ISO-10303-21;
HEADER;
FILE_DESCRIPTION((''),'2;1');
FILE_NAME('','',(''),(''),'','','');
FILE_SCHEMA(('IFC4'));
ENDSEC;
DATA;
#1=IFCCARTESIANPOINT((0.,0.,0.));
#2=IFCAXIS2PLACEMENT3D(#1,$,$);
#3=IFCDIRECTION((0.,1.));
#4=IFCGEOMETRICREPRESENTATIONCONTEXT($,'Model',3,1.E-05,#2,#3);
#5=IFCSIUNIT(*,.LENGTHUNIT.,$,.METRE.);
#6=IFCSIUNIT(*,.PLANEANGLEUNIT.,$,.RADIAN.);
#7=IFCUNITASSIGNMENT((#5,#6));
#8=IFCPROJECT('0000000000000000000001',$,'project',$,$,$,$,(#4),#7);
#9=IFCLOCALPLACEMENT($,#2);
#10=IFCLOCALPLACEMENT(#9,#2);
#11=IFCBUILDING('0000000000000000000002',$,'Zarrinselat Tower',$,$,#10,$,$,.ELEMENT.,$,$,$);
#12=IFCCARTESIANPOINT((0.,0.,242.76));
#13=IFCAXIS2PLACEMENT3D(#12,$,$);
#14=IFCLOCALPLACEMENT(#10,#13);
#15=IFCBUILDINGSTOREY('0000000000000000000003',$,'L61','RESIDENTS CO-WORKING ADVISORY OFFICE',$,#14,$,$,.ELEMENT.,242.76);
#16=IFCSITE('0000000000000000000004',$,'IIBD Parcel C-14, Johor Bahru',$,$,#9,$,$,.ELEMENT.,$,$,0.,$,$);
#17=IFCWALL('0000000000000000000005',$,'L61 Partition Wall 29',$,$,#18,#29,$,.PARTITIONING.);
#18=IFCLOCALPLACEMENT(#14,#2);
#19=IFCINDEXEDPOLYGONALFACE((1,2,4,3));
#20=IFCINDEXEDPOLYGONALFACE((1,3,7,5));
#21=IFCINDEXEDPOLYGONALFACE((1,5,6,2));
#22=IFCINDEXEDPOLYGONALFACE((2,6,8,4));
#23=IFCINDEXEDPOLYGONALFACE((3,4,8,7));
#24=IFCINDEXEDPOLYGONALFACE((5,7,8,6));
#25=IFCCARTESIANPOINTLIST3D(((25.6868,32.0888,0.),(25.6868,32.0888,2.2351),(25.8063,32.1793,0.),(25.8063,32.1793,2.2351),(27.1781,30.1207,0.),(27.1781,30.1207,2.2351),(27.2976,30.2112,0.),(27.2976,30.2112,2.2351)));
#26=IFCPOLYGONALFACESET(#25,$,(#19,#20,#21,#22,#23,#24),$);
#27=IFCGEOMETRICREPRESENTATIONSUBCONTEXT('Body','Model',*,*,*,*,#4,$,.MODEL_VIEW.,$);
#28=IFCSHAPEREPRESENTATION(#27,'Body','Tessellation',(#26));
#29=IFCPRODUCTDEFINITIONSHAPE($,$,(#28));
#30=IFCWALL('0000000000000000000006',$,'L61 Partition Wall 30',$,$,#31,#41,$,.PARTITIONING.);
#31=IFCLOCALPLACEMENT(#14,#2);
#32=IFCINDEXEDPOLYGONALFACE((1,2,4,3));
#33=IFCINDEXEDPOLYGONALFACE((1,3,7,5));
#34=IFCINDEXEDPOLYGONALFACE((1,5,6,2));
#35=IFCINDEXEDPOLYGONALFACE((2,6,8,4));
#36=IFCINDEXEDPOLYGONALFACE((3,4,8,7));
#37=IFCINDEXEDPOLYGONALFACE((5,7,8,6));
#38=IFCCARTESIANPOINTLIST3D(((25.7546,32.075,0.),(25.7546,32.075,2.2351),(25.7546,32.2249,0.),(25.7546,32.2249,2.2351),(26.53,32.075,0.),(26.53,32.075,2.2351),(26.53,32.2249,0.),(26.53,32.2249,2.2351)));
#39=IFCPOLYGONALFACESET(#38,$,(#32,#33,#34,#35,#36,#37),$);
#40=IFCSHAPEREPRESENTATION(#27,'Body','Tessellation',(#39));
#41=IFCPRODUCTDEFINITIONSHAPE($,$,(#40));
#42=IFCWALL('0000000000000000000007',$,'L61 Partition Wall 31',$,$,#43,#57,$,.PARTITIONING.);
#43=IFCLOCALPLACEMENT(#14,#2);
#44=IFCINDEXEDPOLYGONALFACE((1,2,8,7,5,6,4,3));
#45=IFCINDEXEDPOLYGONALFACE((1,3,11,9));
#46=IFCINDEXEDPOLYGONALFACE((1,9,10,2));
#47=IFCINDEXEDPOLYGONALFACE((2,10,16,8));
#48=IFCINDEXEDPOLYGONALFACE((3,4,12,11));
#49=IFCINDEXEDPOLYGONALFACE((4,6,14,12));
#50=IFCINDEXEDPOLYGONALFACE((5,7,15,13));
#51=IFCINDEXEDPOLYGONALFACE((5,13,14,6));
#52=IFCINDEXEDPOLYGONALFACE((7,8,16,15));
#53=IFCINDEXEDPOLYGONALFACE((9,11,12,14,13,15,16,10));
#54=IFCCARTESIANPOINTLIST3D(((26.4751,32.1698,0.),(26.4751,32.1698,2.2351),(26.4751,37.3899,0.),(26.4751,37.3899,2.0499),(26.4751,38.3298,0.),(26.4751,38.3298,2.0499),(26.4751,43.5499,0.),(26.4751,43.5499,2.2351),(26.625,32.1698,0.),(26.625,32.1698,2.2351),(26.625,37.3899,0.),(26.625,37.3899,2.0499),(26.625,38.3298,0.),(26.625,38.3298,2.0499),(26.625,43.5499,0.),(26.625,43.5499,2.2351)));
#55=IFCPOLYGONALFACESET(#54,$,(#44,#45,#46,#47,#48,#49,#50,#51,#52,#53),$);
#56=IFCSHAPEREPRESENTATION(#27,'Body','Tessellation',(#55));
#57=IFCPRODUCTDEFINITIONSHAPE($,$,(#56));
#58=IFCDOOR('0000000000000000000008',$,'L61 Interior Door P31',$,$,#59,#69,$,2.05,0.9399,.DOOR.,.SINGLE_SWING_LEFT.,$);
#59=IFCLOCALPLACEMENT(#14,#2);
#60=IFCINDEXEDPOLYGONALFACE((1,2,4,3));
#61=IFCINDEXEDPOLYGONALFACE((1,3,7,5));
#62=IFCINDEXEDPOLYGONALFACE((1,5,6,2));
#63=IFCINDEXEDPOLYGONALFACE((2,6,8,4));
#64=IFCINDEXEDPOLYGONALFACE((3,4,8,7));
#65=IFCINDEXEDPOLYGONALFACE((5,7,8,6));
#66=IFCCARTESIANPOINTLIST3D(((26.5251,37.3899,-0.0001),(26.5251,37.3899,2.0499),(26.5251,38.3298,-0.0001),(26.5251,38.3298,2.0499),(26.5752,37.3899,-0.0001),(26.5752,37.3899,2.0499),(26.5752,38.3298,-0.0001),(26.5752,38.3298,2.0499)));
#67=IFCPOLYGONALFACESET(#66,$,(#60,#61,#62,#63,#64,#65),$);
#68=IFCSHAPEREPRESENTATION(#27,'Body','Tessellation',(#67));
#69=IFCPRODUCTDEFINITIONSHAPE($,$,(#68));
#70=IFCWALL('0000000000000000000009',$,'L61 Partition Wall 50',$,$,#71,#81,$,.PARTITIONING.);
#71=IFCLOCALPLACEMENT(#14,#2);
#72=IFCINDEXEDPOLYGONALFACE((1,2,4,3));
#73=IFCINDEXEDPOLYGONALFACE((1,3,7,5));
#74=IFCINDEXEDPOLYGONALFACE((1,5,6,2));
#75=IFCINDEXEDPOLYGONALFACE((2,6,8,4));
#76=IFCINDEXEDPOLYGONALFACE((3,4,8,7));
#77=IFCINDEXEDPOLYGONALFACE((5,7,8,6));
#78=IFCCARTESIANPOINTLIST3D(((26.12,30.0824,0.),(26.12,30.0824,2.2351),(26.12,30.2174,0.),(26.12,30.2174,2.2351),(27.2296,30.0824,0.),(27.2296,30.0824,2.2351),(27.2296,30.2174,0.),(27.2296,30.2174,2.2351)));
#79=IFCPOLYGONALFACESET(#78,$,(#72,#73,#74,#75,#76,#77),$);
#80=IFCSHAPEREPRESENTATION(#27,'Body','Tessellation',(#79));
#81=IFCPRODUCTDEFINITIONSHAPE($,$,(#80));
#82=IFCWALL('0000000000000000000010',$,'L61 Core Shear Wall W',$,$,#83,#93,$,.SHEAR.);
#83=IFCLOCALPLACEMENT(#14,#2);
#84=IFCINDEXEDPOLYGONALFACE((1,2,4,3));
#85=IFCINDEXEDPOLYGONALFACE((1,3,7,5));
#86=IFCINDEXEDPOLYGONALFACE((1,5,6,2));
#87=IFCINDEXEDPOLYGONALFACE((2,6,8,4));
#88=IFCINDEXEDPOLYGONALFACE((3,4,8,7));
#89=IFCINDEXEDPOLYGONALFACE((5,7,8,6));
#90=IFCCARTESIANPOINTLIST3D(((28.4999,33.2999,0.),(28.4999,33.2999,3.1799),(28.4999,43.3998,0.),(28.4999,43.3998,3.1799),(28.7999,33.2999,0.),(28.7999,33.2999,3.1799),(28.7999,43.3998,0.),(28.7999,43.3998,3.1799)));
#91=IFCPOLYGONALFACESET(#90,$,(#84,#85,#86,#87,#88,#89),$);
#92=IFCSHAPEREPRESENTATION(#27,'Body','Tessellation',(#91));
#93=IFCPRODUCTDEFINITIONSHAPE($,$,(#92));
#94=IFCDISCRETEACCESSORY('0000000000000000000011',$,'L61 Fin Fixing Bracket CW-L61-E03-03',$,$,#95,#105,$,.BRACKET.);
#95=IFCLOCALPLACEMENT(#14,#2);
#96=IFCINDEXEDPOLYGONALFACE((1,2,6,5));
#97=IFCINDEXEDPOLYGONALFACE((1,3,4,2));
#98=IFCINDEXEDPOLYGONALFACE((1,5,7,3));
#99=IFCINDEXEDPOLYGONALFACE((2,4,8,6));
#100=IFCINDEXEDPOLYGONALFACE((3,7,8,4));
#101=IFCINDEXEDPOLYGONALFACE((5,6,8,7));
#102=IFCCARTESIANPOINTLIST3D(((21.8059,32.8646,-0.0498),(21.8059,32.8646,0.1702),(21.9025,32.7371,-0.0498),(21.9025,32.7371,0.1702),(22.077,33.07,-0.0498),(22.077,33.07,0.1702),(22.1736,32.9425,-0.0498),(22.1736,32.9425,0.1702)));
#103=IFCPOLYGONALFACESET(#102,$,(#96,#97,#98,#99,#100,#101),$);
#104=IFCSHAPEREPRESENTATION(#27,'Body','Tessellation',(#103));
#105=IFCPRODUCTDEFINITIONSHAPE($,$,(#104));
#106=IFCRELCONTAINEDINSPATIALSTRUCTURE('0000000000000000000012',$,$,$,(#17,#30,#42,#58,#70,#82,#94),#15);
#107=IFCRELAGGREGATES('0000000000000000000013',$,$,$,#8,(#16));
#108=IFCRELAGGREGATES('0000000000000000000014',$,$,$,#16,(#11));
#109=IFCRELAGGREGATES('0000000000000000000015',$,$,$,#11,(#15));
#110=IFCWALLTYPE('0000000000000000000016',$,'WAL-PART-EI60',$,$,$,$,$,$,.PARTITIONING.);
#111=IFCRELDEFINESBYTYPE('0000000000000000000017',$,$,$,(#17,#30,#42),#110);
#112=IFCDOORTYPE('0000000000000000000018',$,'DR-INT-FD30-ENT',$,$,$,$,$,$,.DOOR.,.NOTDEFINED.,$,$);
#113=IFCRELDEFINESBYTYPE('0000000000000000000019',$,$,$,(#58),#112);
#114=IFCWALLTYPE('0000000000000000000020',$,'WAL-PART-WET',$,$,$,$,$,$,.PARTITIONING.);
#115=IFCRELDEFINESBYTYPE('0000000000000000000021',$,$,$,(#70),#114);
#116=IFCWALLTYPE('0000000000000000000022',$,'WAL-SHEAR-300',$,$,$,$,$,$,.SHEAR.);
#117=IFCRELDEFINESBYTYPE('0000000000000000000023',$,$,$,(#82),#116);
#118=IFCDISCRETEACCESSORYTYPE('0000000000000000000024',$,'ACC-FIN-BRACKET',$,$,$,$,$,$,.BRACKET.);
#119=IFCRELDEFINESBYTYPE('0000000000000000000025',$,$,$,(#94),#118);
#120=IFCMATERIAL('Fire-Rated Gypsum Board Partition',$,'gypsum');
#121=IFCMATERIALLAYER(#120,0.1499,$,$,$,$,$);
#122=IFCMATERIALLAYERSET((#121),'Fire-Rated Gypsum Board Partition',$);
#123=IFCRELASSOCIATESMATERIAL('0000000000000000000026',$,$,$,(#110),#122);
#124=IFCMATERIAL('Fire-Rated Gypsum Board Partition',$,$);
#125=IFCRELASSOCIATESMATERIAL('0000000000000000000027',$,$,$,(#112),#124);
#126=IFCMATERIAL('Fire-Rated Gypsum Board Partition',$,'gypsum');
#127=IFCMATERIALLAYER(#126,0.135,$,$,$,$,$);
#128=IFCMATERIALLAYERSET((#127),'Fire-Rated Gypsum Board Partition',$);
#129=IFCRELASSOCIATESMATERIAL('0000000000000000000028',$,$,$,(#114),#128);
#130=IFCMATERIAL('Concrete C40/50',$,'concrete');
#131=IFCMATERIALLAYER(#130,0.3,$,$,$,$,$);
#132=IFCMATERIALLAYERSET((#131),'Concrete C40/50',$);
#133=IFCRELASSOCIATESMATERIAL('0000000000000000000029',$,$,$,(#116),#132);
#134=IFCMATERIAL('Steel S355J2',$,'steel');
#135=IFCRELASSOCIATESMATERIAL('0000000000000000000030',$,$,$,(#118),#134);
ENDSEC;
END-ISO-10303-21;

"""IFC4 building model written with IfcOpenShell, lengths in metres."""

from ifc_helpers import new_model, si_unit, direction, frame, frame_2d, origin, origin_2d, place, context, subcontext, project, spatial, rectangle, extrude, material, layer, layer_set, type_object, element, fill, save


model = new_model("IFC4")

# Units and contexts
model_context = context("Model", 3, precision=1e-05, world=origin(), true_north=direction((0.0, 1.0)))
body_context = subcontext(model_context, "Body", "Model", "MODEL_VIEW")
ifc_project = project(units=[si_unit("LENGTHUNIT", "METRE"), si_unit("PLANEANGLEUNIT", "RADIAN")], contexts=[model_context])

# Site, building, storey
site_placement = place(None, origin())
site = spatial("IfcSite", under=ifc_project, at=site_placement, Name="IIBD Parcel C-14, Johor Bahru", CompositionType="ELEMENT", RefElevation=0.0)
building_placement = place(site_placement, origin())
building = spatial("IfcBuilding", under=site, at=building_placement, Name="Zarrinselat Tower", CompositionType="ELEMENT")
storey_placement = place(building_placement, frame((0.0, 0.0, 242.76)))
storey = spatial("IfcBuildingStorey", under=building, at=storey_placement, Name="L61", Description="RESIDENTS CO-WORKING ADVISORY OFFICE", CompositionType="ELEMENT", Elevation=242.76)

# Shared definitions
ifc_material_1 = material(Name="Fire-Rated Gypsum Board Partition", Category="gypsum")
ifc_layer_1 = layer(ifc_material_1, 0.1499)
ifc_layer_set_1 = layer_set([ifc_layer_1], Name="Fire-Rated Gypsum Board Partition")
wall_type_1 = type_object("IfcWallType", Name="WAL-PART-EI60", PredefinedType="PARTITIONING", material=ifc_layer_set_1)
ifc_material_2 = material(Name="Fire-Rated Gypsum Board Partition")
door_type_1 = type_object("IfcDoorType", Name="DR-INT-FD30-ENT", OperationType="NOTDEFINED", PredefinedType="DOOR", material=ifc_material_2)

# Walls
wall_1_placement = place(storey_placement, frame((25.7466, 32.134, 0.0), z_axis=(0.0, 0.0, 1.0), x_axis=(0.603932, -0.797036, 0.0)))
element("IfcWall", 1, at=wall_1_placement, inside=storey, type_object=wall_type_1, Name="L61 Partition Wall 29", PredefinedType="PARTITIONING", context=body_context, shape_type="SweptSolid", body=[
    extrude(rectangle(XDim=2.4692, YDim=0.1499, at=frame_2d((1.2346, 0.0))), origin(), (0.0, 0.0, 1.0), 2.2351),
])
wall_2_placement = place(storey_placement, frame((25.7546, 32.1499, 0.0), z_axis=(0.0, 0.0, 1.0), x_axis=(1.0, 0.0, 0.0)))
element("IfcWall", 2, at=wall_2_placement, inside=storey, type_object=wall_type_1, Name="L61 Partition Wall 30", PredefinedType="PARTITIONING", context=body_context, shape_type="SweptSolid", body=[
    extrude(rectangle(XDim=0.7754, YDim=0.1499, at=frame_2d((0.3877, 0.0))), origin(), (0.0, 0.0, 1.0), 2.2351),
])

# Wall, opening, door
wall_3_placement = place(storey_placement, frame((26.55, 32.1699, 0.0), z_axis=(0.0, 0.0, 1.0), x_axis=(0.0, 1.0, 0.0)))
wall_3 = element("IfcWall", 3, at=wall_3_placement, inside=storey, type_object=wall_type_1, Name="L61 Partition Wall 31", PredefinedType="PARTITIONING", context=body_context, shape_type="SweptSolid", body=[
    extrude(rectangle(XDim=11.3801, YDim=0.1499, at=frame_2d((5.6899, 0.0))), origin(), (0.0, 0.0, 1.0), 2.2351),
])
opening_1_placement = place(wall_3_placement, frame((5.22, 0.0, 0.0)))
opening_1 = element("IfcOpeningElement", 4, at=opening_1_placement, cuts=wall_3, PredefinedType="OPENING", context=body_context, shape_type="SweptSolid", body=[
    extrude(rectangle(XDim=0.9399, YDim=2.05, at=frame_2d((0.47, 1.0249))), frame((0.0, 0.085, 0.0), z_axis=(0.0, -1.0, 0.0), x_axis=(1.0, 0.0, 0.0)), (0.0, 0.0, 1.0), 0.1699),
])
door_1_placement = place(opening_1_placement, origin())
door_1 = element("IfcDoor", 5, at=door_1_placement, inside=storey, type_object=door_type_1, Name="L61 Interior Door P31", OperationType="SINGLE_SWING_LEFT", OverallHeight=2.05, OverallWidth=0.9399, PredefinedType="DOOR", context=body_context, shape_type="SweptSolid", body=[
    extrude(rectangle(XDim=0.9399, YDim=2.05, at=frame_2d((0.47, 1.0249))), frame((0.0, 0.0249, 0.0), z_axis=(0.0, -1.0, 0.0), x_axis=(1.0, 0.0, 0.0)), (0.0, 0.0, 1.0), 0.05),
])
fill(opening_1, door_1)

# Wall
ifc_material_3 = material(Name="Fire-Rated Gypsum Board Partition", Category="gypsum")
ifc_layer_2 = layer(ifc_material_3, 0.135)
ifc_layer_set_2 = layer_set([ifc_layer_2], Name="Fire-Rated Gypsum Board Partition")
wall_type_2 = type_object("IfcWallType", Name="WAL-PART-WET", PredefinedType="PARTITIONING", material=ifc_layer_set_2)
wall_4_placement = place(storey_placement, frame((26.1201, 30.1499, 0.0), z_axis=(0.0, 0.0, 1.0), x_axis=(1.0, 0.0, 0.0)))
element("IfcWall", 6, at=wall_4_placement, inside=storey, type_object=wall_type_2, Name="L61 Partition Wall 50", PredefinedType="PARTITIONING", context=body_context, shape_type="SweptSolid", body=[
    extrude(rectangle(XDim=1.1096, YDim=0.135, at=frame_2d((0.5547, 0.0))), origin(), (0.0, 0.0, 1.0), 2.2351),
])

# Shared definitions
ifc_material_4 = material(Name="Concrete C40/50", Category="concrete")
ifc_layer_3 = layer(ifc_material_4, 0.3)
ifc_layer_set_3 = layer_set([ifc_layer_3], Name="Concrete C40/50")
wall_type_3 = type_object("IfcWallType", Name="WAL-SHEAR-300", PredefinedType="SHEAR", material=ifc_layer_set_3)

# Wall
wall_5_placement = place(storey_placement, frame((28.6499, 33.3, 0.0), z_axis=(0.0, 0.0, 1.0), x_axis=(0.0, 1.0, 0.0)))
element("IfcWall", 7, at=wall_5_placement, inside=storey, type_object=wall_type_3, Name="L61 Core Shear Wall W", PredefinedType="SHEAR", context=body_context, shape_type="SweptSolid", body=[
    extrude(rectangle(XDim=10.0999, YDim=0.3, at=frame_2d((5.0498, 0.0))), origin(), (0.0, 0.0, 1.0), 3.1799),
])

# Discrete accessory
ifc_material_5 = material(Name="Steel S355J2", Category="steel")
discrete_accessory_type = type_object("IfcDiscreteAccessoryType", Name="ACC-FIN-BRACKET", PredefinedType="BRACKET", material=ifc_material_5)
discrete_accessory_placement = place(storey_placement, frame((21.9897, 32.9036, -0.0498), z_axis=(0.0, 0.0, 1.0), x_axis=(-0.797092, -0.603858, 0.0)))
element("IfcDiscreteAccessory", 8, at=discrete_accessory_placement, inside=storey, type_object=discrete_accessory_type, Name="L61 Fin Fixing Bracket CW-L61-E03-03", PredefinedType="BRACKET", context=body_context, shape_type="SweptSolid", body=[
    extrude(rectangle(XDim=0.3401, YDim=0.1599, at=origin_2d()), origin(), (0.0, 0.0, 1.0), 0.22),
])

save(model, "model.ifc")
